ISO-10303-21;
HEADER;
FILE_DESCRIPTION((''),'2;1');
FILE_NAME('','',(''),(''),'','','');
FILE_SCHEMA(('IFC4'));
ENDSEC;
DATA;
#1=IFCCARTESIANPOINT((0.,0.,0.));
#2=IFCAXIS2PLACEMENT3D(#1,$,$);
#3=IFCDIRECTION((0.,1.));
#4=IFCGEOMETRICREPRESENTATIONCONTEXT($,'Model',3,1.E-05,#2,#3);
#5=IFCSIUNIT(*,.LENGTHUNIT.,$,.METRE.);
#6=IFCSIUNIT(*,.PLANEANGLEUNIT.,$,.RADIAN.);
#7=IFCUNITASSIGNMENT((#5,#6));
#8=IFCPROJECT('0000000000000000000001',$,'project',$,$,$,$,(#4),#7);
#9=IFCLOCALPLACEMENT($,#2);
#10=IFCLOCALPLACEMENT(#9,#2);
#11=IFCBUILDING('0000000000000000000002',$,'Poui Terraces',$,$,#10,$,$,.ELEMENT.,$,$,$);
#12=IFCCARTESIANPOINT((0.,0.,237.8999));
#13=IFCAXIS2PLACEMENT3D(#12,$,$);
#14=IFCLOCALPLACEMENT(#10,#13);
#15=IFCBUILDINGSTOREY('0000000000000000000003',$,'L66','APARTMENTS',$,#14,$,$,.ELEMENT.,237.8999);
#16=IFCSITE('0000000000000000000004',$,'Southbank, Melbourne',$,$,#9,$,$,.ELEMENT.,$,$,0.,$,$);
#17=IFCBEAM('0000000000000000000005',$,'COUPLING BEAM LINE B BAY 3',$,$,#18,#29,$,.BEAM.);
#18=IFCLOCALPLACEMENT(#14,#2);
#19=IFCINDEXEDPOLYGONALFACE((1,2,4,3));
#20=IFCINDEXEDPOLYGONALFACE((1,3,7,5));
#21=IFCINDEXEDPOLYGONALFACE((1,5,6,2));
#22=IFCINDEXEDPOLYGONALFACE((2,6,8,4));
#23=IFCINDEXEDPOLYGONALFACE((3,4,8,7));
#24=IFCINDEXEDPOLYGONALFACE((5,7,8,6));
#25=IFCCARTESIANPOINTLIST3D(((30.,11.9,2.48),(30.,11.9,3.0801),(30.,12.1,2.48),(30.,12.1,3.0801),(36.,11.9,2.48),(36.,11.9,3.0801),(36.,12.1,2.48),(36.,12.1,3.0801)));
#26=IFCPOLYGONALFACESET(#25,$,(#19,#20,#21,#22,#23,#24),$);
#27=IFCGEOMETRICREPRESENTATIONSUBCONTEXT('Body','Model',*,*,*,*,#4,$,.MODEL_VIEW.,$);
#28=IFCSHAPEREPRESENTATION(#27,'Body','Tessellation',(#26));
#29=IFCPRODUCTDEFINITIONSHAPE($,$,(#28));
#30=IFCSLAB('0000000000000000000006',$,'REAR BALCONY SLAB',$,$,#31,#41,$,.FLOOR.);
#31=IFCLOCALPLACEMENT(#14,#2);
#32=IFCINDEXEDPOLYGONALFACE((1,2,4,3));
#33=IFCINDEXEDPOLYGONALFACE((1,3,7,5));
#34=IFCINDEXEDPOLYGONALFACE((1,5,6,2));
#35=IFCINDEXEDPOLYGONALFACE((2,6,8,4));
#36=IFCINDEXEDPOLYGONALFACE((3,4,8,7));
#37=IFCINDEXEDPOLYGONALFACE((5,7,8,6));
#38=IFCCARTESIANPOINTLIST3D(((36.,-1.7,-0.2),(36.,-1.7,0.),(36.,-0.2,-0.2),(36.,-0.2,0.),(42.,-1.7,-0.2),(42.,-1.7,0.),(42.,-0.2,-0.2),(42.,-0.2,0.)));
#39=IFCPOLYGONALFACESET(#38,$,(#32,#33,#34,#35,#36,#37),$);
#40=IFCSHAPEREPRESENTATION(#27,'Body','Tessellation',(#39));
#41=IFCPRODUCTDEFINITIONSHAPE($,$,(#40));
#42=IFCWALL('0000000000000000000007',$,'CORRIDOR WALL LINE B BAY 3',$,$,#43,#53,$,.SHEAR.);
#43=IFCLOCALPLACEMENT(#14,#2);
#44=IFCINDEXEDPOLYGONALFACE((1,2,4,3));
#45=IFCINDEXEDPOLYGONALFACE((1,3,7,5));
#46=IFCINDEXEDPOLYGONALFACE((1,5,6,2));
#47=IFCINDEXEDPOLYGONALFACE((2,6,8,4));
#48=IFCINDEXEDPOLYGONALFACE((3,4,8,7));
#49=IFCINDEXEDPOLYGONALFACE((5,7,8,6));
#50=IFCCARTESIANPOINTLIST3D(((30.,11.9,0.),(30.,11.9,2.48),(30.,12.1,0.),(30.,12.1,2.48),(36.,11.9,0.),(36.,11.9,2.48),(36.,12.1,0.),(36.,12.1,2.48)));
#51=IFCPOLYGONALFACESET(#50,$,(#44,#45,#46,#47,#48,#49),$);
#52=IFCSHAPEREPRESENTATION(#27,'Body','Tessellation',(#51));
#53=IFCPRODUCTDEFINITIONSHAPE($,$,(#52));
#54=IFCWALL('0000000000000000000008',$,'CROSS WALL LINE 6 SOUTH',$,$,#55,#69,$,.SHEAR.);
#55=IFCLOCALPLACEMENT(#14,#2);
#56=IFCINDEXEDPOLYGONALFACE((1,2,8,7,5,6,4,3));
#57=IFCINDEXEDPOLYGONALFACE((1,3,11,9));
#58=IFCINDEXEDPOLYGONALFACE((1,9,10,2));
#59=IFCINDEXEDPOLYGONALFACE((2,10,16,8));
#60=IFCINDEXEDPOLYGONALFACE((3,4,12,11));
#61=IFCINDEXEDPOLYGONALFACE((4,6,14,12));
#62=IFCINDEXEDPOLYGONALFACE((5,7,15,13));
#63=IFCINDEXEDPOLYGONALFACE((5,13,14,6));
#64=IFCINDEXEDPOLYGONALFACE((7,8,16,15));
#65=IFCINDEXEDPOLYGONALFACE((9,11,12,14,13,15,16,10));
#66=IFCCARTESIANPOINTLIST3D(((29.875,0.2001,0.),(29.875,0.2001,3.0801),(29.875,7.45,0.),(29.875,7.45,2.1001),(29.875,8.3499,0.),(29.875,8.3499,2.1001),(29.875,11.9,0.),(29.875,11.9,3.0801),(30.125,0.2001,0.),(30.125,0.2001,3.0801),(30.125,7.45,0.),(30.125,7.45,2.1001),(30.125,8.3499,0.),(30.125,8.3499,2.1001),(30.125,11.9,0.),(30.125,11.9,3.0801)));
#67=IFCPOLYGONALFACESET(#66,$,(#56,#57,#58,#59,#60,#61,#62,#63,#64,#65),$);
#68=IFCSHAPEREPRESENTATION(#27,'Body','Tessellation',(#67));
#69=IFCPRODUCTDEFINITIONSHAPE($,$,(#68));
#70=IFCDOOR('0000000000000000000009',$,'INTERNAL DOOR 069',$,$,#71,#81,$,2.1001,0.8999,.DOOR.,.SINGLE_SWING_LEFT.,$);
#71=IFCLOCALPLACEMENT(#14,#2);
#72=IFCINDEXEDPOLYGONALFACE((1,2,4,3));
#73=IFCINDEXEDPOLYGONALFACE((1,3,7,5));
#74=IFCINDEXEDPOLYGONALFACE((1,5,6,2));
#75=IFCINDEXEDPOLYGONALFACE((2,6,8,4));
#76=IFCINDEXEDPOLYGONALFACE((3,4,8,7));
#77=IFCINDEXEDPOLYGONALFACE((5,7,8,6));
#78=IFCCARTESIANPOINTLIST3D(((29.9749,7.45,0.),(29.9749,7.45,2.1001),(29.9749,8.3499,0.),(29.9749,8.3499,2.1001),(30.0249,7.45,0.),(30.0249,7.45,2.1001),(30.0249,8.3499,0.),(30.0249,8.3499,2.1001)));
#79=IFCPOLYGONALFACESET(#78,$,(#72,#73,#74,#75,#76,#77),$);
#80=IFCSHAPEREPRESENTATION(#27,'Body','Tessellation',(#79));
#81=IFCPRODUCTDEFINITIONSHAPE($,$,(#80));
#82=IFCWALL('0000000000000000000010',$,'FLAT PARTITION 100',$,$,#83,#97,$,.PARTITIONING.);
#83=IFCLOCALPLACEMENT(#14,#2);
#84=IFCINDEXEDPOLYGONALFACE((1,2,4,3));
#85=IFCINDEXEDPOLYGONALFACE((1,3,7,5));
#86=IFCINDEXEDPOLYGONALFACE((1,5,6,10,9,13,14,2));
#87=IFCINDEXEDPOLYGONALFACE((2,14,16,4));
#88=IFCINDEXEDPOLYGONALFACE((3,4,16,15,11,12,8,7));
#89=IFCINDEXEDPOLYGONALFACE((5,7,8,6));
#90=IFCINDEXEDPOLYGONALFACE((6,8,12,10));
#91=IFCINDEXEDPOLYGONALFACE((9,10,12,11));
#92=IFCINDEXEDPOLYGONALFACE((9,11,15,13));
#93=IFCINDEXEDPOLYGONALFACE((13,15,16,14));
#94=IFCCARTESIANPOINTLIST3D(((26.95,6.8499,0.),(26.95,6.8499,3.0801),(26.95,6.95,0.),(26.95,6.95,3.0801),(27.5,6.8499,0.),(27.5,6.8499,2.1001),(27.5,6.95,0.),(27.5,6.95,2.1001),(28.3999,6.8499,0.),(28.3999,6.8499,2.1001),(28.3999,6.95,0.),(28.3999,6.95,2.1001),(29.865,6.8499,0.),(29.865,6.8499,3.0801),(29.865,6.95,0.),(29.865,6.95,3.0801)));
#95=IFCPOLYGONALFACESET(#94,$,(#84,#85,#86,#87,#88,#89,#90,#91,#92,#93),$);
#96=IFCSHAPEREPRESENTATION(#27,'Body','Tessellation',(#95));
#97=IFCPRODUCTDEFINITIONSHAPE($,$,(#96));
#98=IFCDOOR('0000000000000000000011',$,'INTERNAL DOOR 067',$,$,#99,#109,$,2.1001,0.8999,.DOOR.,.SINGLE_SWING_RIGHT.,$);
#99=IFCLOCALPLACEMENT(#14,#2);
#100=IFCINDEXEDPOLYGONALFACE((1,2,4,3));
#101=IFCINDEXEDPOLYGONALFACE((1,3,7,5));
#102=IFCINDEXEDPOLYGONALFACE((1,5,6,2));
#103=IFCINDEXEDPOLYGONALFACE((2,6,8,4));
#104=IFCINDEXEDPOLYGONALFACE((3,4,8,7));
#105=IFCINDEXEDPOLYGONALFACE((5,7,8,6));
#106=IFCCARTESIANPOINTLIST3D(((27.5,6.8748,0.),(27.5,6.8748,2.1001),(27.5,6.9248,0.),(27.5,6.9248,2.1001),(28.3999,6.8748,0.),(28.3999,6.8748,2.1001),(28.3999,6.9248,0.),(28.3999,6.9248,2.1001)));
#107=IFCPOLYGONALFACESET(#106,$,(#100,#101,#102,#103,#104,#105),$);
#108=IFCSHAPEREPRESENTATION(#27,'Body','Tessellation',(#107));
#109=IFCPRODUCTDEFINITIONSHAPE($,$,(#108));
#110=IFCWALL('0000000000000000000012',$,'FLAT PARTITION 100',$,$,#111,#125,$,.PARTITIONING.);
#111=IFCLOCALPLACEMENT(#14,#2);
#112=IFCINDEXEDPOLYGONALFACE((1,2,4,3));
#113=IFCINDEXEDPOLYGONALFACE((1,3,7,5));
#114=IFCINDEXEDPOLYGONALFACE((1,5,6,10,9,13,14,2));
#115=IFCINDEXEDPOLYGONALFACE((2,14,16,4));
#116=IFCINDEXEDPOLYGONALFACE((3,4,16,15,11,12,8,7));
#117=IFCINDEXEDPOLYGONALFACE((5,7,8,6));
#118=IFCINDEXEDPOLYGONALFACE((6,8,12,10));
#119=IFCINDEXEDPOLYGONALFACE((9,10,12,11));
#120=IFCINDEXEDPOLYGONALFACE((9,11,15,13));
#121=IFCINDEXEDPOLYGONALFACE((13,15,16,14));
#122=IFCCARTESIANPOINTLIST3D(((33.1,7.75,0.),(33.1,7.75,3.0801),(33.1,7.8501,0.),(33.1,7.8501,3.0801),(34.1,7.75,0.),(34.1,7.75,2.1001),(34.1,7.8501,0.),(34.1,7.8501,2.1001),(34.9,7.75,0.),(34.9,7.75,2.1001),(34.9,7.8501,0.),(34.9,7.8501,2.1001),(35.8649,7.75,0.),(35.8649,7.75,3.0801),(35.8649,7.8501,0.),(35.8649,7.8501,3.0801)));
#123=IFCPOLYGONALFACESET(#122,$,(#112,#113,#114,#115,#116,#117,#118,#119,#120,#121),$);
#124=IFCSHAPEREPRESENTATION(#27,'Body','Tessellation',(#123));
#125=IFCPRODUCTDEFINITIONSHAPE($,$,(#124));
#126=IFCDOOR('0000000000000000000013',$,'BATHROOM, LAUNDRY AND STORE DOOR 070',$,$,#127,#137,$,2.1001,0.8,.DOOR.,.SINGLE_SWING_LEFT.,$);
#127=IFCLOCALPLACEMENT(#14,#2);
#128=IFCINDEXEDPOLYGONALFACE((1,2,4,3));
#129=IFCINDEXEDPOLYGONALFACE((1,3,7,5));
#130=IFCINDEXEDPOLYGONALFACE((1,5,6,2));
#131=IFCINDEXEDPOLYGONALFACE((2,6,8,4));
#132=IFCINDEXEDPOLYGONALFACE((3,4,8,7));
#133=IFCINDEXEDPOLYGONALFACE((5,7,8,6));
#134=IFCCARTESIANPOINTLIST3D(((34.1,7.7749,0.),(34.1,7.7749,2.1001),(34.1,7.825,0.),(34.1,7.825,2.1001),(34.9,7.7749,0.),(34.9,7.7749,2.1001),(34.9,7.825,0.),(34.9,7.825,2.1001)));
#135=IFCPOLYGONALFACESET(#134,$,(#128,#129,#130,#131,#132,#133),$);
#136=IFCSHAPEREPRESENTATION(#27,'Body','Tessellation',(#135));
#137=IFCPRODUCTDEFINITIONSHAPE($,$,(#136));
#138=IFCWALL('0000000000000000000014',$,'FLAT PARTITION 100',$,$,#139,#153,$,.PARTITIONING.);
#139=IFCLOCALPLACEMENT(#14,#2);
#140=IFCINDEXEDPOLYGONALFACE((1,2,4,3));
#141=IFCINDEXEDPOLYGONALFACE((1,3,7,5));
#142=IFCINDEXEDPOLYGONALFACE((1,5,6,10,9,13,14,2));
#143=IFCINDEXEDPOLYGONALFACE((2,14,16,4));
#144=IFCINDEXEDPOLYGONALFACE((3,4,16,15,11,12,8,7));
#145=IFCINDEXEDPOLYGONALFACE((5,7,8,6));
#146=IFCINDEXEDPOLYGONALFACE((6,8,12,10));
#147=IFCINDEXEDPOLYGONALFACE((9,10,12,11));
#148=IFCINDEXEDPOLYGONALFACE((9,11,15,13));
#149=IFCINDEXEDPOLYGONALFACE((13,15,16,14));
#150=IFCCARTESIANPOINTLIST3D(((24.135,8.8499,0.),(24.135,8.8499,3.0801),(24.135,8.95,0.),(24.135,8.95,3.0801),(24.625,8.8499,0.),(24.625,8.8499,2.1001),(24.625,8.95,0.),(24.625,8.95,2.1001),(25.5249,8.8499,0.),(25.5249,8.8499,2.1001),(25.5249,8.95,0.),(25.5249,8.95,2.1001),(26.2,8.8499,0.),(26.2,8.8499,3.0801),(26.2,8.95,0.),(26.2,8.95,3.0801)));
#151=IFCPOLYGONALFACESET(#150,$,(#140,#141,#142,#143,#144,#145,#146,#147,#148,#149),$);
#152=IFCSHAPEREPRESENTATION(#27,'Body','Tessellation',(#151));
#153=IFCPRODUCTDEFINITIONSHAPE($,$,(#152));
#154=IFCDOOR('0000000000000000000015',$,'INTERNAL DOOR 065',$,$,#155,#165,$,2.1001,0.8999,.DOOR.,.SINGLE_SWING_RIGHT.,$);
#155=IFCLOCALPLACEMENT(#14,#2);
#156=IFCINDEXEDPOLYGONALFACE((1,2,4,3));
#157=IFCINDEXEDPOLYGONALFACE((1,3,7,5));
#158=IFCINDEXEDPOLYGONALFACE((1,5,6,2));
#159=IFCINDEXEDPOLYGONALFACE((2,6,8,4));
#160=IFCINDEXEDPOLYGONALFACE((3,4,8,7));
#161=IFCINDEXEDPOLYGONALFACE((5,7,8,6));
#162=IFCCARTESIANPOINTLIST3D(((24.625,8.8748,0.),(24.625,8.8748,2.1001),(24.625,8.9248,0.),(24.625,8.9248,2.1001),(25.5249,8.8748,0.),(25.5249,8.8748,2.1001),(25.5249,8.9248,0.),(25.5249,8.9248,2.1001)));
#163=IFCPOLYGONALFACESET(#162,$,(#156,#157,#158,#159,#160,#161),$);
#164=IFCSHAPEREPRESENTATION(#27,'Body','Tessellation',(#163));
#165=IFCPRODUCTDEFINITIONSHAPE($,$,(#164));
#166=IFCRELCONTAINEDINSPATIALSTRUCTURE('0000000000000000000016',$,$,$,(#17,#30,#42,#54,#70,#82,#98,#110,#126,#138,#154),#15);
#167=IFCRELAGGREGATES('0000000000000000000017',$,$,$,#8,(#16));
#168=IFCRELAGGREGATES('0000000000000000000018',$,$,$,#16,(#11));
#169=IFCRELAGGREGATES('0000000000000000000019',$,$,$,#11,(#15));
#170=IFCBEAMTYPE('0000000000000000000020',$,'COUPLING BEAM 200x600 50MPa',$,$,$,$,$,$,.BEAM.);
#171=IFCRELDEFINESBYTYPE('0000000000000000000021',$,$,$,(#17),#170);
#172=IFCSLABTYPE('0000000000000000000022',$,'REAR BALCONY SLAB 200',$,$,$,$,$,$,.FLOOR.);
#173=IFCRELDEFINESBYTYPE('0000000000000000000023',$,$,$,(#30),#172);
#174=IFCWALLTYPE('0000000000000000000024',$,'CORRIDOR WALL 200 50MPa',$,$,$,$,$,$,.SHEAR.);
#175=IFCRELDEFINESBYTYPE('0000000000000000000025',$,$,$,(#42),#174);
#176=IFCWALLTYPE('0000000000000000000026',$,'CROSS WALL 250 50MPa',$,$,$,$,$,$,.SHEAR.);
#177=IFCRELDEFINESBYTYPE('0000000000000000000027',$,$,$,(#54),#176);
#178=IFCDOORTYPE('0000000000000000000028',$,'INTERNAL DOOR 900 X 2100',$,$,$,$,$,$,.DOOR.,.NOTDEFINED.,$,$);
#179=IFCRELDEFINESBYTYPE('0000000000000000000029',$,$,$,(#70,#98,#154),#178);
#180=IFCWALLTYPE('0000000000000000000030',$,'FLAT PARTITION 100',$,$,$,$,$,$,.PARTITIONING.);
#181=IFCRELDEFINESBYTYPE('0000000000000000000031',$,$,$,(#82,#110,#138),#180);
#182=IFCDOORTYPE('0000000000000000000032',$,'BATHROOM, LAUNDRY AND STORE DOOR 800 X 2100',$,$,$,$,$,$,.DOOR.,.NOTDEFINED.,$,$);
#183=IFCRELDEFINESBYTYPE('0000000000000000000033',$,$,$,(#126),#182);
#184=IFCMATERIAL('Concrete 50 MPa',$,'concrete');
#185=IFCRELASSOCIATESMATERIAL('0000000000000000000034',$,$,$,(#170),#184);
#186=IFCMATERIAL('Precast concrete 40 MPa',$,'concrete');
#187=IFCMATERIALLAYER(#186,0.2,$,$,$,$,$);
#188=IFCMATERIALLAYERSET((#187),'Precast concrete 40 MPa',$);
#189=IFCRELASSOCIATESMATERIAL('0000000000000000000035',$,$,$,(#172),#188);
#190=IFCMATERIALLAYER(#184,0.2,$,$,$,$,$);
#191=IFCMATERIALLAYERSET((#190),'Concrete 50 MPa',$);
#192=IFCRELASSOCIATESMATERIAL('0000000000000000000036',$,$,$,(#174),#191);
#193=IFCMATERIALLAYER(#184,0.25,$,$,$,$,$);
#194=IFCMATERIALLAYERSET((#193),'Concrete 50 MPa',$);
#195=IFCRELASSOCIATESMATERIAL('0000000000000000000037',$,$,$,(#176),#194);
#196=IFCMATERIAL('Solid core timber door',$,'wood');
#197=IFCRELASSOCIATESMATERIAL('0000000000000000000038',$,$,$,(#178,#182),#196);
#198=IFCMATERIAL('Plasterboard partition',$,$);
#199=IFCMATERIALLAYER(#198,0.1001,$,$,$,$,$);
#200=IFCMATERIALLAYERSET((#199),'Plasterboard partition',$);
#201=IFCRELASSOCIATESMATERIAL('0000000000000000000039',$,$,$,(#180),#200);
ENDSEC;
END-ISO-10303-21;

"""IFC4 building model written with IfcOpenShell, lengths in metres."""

from ifc_helpers import new_model, si_unit, direction, frame, frame_2d, origin, origin_2d, place, context, subcontext, project, spatial, polyline, rectangle, outline, extrude, source, transform, mapped, material, layer, layer_set, material_profile, profile_set, type_object, element, fill, save


model = new_model("IFC4")

# Units and contexts
model_context = context("Model", 3, precision=1e-05, world=origin(), true_north=direction((0.0, 1.0)))
body_context = subcontext(model_context, "Body", "Model", "MODEL_VIEW")
ifc_project = project(units=[si_unit("LENGTHUNIT", "METRE"), si_unit("PLANEANGLEUNIT", "RADIAN")], contexts=[model_context])

# Site, building, storey
site_placement = place(None, origin())
site = spatial("IfcSite", under=ifc_project, at=site_placement, Name="Southbank, Melbourne", CompositionType="ELEMENT", RefElevation=0.0)
building_placement = place(site_placement, origin())
building = spatial("IfcBuilding", under=site, at=building_placement, Name="Poui Terraces", CompositionType="ELEMENT")
storey_placement = place(building_placement, frame((0.0, 0.0, 237.8999)))
storey = spatial("IfcBuildingStorey", under=building, at=storey_placement, Name="L66", Description="APARTMENTS", CompositionType="ELEMENT", Elevation=237.8999)

# Beam
ifc_material_1 = material(Name="Concrete 50 MPa", Category="concrete")
ifc_material_profile_1 = material_profile(ifc_material_1, rectangle(XDim=0.2, YDim=0.6001, at=origin_2d()), Name="RC 200x600")
ifc_profile_set_1 = profile_set([ifc_material_profile_1], Name="Concrete 50 MPa")
beam_type = type_object("IfcBeamType", Name="COUPLING BEAM 200x600 50MPa", PredefinedType="BEAM", material=ifc_profile_set_1)
shared_shape_1 = source(origin(), body_context, "Body", "SweptSolid", [
    extrude(rectangle(XDim=0.2, YDim=0.6001, at=origin_2d()), origin(), (0.0, 0.0, 1.0), 6.0),
])
beam_placement = place(storey_placement, frame((30.0, 12.0, 2.78), z_axis=(1.0, 0.0, 0.0), x_axis=(0.0, 1.0, 0.0)))
element("IfcBeam", 1, at=beam_placement, inside=storey, type_object=beam_type, Name="COUPLING BEAM LINE B BAY 3", PredefinedType="BEAM", context=body_context, shape_type="MappedRepresentation", body=[
    mapped(shared_shape_1, transform((0.0, 0.0, 0.0))),
])

# Slab
ifc_material_2 = material(Name="Precast concrete 40 MPa", Category="concrete")
ifc_layer_1 = layer(ifc_material_2, 0.2)
ifc_layer_set_1 = layer_set([ifc_layer_1], Name="Precast concrete 40 MPa")
slab_type = type_object("IfcSlabType", Name="REAR BALCONY SLAB 200", PredefinedType="FLOOR", material=ifc_layer_set_1)
shared_shape_2 = source(origin(), body_context, "Body", "SweptSolid", [
    extrude(outline(polyline([(0.0, 0.0), (6.0, 0.0), (6.0, 1.5), (0.0, 1.5), (0.0, 0.0)])), origin(), (0.0, 0.0, 1.0), 0.2),
])
slab_placement = place(storey_placement, frame((36.0, -1.7, -0.2)))
element("IfcSlab", 2, at=slab_placement, inside=storey, type_object=slab_type, Name="REAR BALCONY SLAB", PredefinedType="FLOOR", context=body_context, shape_type="MappedRepresentation", body=[
    mapped(shared_shape_2, transform((0.0, 0.0, 0.0))),
])

# Wall
ifc_layer_2 = layer(ifc_material_1, 0.2)
ifc_layer_set_2 = layer_set([ifc_layer_2], Name="Concrete 50 MPa")
wall_type_1 = type_object("IfcWallType", Name="CORRIDOR WALL 200 50MPa", PredefinedType="SHEAR", material=ifc_layer_set_2)
wall_1_placement = place(storey_placement, frame((30.0, 12.0, 0.0), z_axis=(0.0, 0.0, 1.0), x_axis=(1.0, 0.0, 0.0)))
element("IfcWall", 3, at=wall_1_placement, inside=storey, type_object=wall_type_1, Name="CORRIDOR WALL LINE B BAY 3", PredefinedType="SHEAR", context=body_context, shape_type="SweptSolid", body=[
    extrude(rectangle(XDim=6.0, YDim=0.2, at=frame_2d((3.0, 0.0))), origin(), (0.0, 0.0, 1.0), 2.48),
])

# Walls, openings, doors
ifc_layer_3 = layer(ifc_material_1, 0.25)
ifc_layer_set_3 = layer_set([ifc_layer_3], Name="Concrete 50 MPa")
wall_type_2 = type_object("IfcWallType", Name="CROSS WALL 250 50MPa", PredefinedType="SHEAR", material=ifc_layer_set_3)
wall_2_placement = place(storey_placement, frame((30.0, 0.2, 0.0), z_axis=(0.0, 0.0, 1.0), x_axis=(0.0, 1.0, 0.0)))
wall_2 = element("IfcWall", 4, at=wall_2_placement, inside=storey, type_object=wall_type_2, Name="CROSS WALL LINE 6 SOUTH", PredefinedType="SHEAR", context=body_context, shape_type="SweptSolid", body=[
    extrude(rectangle(XDim=11.7, YDim=0.25, at=frame_2d((5.8501, 0.0))), origin(), (0.0, 0.0, 1.0), 3.0801),
])
opening_1_placement = place(wall_2_placement, frame((7.25, 0.0, 0.0)))
opening_1 = element("IfcOpeningElement", 5, at=opening_1_placement, cuts=wall_2, PredefinedType="OPENING", context=body_context, shape_type="SweptSolid", body=[
    extrude(rectangle(XDim=0.8999, YDim=2.1001, at=frame_2d((0.45, 1.05))), frame((0.0, 0.135, 0.0), z_axis=(0.0, -1.0, 0.0), x_axis=(1.0, 0.0, 0.0)), (0.0, 0.0, 1.0), 0.27),
])
ifc_material_3 = material(Name="Solid core timber door", Category="wood")
door_type_1 = type_object("IfcDoorType", Name="INTERNAL DOOR 900 X 2100", OperationType="NOTDEFINED", PredefinedType="DOOR", material=ifc_material_3)
door_1_placement = place(opening_1_placement, frame((0.8999, 0.0, 0.0), z_axis=(0.0, 0.0, 1.0), x_axis=(-1.0, 0.0, 0.0)))
door_1 = element("IfcDoor", 6, at=door_1_placement, inside=storey, type_object=door_type_1, Name="INTERNAL DOOR 069", OperationType="SINGLE_SWING_LEFT", OverallHeight=2.1001, OverallWidth=0.8999, PredefinedType="DOOR", context=body_context, shape_type="SweptSolid", body=[
    extrude(rectangle(XDim=0.8999, YDim=2.1001, at=frame_2d((0.45, 1.05))), frame((0.0, 0.0249, 0.0), z_axis=(0.0, -1.0, 0.0), x_axis=(1.0, 0.0, 0.0)), (0.0, 0.0, 1.0), 0.05),
])
fill(opening_1, door_1)
ifc_material_4 = material(Name="Plasterboard partition")
ifc_layer_4 = layer(ifc_material_4, 0.1001)
ifc_layer_set_4 = layer_set([ifc_layer_4], Name="Plasterboard partition")
wall_type_3 = type_object("IfcWallType", Name="FLAT PARTITION 100", PredefinedType="PARTITIONING", material=ifc_layer_set_4)
wall_3_placement = place(storey_placement, frame((26.95, 6.8999, 0.0), z_axis=(0.0, 0.0, 1.0), x_axis=(1.0, 0.0, 0.0)))
wall_3 = element("IfcWall", 7, at=wall_3_placement, inside=storey, type_object=wall_type_3, Name="FLAT PARTITION 100", PredefinedType="PARTITIONING", context=body_context, shape_type="SweptSolid", body=[
    extrude(rectangle(XDim=2.915, YDim=0.1001, at=frame_2d((1.4575, 0.0))), origin(), (0.0, 0.0, 1.0), 3.0801),
])
opening_2_placement = place(wall_3_placement, frame((0.55, 0.0, 0.0)))
opening_2 = element("IfcOpeningElement", 8, at=opening_2_placement, cuts=wall_3, PredefinedType="OPENING", context=body_context, shape_type="SweptSolid", body=[
    extrude(rectangle(XDim=0.8999, YDim=2.1001, at=frame_2d((0.45, 1.05))), frame((0.0, 0.0601, 0.0), z_axis=(0.0, -1.0, 0.0), x_axis=(1.0, 0.0, 0.0)), (0.0, 0.0, 1.0), 0.1201),
])
door_2_placement = place(opening_2_placement, origin())
door_2 = element("IfcDoor", 9, at=door_2_placement, inside=storey, type_object=door_type_1, Name="INTERNAL DOOR 067", OperationType="SINGLE_SWING_RIGHT", OverallHeight=2.1001, OverallWidth=0.8999, PredefinedType="DOOR", context=body_context, shape_type="SweptSolid", body=[
    extrude(rectangle(XDim=0.8999, YDim=2.1001, at=frame_2d((0.45, 1.05))), frame((0.0, 0.0249, 0.0), z_axis=(0.0, -1.0, 0.0), x_axis=(1.0, 0.0, 0.0)), (0.0, 0.0, 1.0), 0.05),
])
fill(opening_2, door_2)
wall_4_placement = place(storey_placement, frame((33.1001, 7.8, 0.0), z_axis=(0.0, 0.0, 1.0), x_axis=(1.0, 0.0, 0.0)))
wall_4 = element("IfcWall", 10, at=wall_4_placement, inside=storey, type_object=wall_type_3, Name="FLAT PARTITION 100", PredefinedType="PARTITIONING", context=body_context, shape_type="SweptSolid", body=[
    extrude(rectangle(XDim=2.7649, YDim=0.1001, at=frame_2d((1.3823, 0.0))), origin(), (0.0, 0.0, 1.0), 3.0801),
])
opening_3_placement = place(wall_4_placement, frame((1.0, 0.0, 0.0)))
opening_3 = element("IfcOpeningElement", 11, at=opening_3_placement, cuts=wall_4, PredefinedType="OPENING", context=body_context, shape_type="SweptSolid", body=[
    extrude(rectangle(XDim=0.8, YDim=2.1001, at=frame_2d((0.3999, 1.05))), frame((0.0, 0.0601, 0.0), z_axis=(0.0, -1.0, 0.0), x_axis=(1.0, 0.0, 0.0)), (0.0, 0.0, 1.0), 0.1201),
])
door_type_2 = type_object("IfcDoorType", Name="BATHROOM, LAUNDRY AND STORE DOOR 800 X 2100", OperationType="NOTDEFINED", PredefinedType="DOOR", material=ifc_material_3)
door_3_placement = place(opening_3_placement, origin())
door_3 = element("IfcDoor", 12, at=door_3_placement, inside=storey, type_object=door_type_2, Name="BATHROOM, LAUNDRY AND STORE DOOR 070", OperationType="SINGLE_SWING_LEFT", OverallHeight=2.1001, OverallWidth=0.8, PredefinedType="DOOR", context=body_context, shape_type="SweptSolid", body=[
    extrude(rectangle(XDim=0.8, YDim=2.1001, at=frame_2d((0.3999, 1.05))), frame((0.0, 0.0249, 0.0), z_axis=(0.0, -1.0, 0.0), x_axis=(1.0, 0.0, 0.0)), (0.0, 0.0, 1.0), 0.05),
])
fill(opening_3, door_3)
wall_5_placement = place(storey_placement, frame((24.135, 8.8999, 0.0), z_axis=(0.0, 0.0, 1.0), x_axis=(1.0, 0.0, 0.0)))
wall_5 = element("IfcWall", 13, at=wall_5_placement, inside=storey, type_object=wall_type_3, Name="FLAT PARTITION 100", PredefinedType="PARTITIONING", context=body_context, shape_type="SweptSolid", body=[
    extrude(rectangle(XDim=2.0649, YDim=0.1001, at=frame_2d((1.0325, 0.0))), origin(), (0.0, 0.0, 1.0), 3.0801),
])
opening_4_placement = place(wall_5_placement, frame((0.49, 0.0, 0.0)))
opening_4 = element("IfcOpeningElement", 14, at=opening_4_placement, cuts=wall_5, PredefinedType="OPENING", context=body_context, shape_type="SweptSolid", body=[
    extrude(rectangle(XDim=0.8999, YDim=2.1001, at=frame_2d((0.45, 1.05))), frame((0.0, 0.0601, 0.0), z_axis=(0.0, -1.0, 0.0), x_axis=(1.0, 0.0, 0.0)), (0.0, 0.0, 1.0), 0.1201),
])
door_4_placement = place(opening_4_placement, origin())
door_4 = element("IfcDoor", 15, at=door_4_placement, inside=storey, type_object=door_type_1, Name="INTERNAL DOOR 065", OperationType="SINGLE_SWING_RIGHT", OverallHeight=2.1001, OverallWidth=0.8999, PredefinedType="DOOR", context=body_context, shape_type="SweptSolid", body=[
    extrude(rectangle(XDim=0.8999, YDim=2.1001, at=frame_2d((0.45, 1.05))), frame((0.0, 0.0249, 0.0), z_axis=(0.0, -1.0, 0.0), x_axis=(1.0, 0.0, 0.0)), (0.0, 0.0, 1.0), 0.05),
])
fill(opening_4, door_4)

save(model, "model.ifc")
